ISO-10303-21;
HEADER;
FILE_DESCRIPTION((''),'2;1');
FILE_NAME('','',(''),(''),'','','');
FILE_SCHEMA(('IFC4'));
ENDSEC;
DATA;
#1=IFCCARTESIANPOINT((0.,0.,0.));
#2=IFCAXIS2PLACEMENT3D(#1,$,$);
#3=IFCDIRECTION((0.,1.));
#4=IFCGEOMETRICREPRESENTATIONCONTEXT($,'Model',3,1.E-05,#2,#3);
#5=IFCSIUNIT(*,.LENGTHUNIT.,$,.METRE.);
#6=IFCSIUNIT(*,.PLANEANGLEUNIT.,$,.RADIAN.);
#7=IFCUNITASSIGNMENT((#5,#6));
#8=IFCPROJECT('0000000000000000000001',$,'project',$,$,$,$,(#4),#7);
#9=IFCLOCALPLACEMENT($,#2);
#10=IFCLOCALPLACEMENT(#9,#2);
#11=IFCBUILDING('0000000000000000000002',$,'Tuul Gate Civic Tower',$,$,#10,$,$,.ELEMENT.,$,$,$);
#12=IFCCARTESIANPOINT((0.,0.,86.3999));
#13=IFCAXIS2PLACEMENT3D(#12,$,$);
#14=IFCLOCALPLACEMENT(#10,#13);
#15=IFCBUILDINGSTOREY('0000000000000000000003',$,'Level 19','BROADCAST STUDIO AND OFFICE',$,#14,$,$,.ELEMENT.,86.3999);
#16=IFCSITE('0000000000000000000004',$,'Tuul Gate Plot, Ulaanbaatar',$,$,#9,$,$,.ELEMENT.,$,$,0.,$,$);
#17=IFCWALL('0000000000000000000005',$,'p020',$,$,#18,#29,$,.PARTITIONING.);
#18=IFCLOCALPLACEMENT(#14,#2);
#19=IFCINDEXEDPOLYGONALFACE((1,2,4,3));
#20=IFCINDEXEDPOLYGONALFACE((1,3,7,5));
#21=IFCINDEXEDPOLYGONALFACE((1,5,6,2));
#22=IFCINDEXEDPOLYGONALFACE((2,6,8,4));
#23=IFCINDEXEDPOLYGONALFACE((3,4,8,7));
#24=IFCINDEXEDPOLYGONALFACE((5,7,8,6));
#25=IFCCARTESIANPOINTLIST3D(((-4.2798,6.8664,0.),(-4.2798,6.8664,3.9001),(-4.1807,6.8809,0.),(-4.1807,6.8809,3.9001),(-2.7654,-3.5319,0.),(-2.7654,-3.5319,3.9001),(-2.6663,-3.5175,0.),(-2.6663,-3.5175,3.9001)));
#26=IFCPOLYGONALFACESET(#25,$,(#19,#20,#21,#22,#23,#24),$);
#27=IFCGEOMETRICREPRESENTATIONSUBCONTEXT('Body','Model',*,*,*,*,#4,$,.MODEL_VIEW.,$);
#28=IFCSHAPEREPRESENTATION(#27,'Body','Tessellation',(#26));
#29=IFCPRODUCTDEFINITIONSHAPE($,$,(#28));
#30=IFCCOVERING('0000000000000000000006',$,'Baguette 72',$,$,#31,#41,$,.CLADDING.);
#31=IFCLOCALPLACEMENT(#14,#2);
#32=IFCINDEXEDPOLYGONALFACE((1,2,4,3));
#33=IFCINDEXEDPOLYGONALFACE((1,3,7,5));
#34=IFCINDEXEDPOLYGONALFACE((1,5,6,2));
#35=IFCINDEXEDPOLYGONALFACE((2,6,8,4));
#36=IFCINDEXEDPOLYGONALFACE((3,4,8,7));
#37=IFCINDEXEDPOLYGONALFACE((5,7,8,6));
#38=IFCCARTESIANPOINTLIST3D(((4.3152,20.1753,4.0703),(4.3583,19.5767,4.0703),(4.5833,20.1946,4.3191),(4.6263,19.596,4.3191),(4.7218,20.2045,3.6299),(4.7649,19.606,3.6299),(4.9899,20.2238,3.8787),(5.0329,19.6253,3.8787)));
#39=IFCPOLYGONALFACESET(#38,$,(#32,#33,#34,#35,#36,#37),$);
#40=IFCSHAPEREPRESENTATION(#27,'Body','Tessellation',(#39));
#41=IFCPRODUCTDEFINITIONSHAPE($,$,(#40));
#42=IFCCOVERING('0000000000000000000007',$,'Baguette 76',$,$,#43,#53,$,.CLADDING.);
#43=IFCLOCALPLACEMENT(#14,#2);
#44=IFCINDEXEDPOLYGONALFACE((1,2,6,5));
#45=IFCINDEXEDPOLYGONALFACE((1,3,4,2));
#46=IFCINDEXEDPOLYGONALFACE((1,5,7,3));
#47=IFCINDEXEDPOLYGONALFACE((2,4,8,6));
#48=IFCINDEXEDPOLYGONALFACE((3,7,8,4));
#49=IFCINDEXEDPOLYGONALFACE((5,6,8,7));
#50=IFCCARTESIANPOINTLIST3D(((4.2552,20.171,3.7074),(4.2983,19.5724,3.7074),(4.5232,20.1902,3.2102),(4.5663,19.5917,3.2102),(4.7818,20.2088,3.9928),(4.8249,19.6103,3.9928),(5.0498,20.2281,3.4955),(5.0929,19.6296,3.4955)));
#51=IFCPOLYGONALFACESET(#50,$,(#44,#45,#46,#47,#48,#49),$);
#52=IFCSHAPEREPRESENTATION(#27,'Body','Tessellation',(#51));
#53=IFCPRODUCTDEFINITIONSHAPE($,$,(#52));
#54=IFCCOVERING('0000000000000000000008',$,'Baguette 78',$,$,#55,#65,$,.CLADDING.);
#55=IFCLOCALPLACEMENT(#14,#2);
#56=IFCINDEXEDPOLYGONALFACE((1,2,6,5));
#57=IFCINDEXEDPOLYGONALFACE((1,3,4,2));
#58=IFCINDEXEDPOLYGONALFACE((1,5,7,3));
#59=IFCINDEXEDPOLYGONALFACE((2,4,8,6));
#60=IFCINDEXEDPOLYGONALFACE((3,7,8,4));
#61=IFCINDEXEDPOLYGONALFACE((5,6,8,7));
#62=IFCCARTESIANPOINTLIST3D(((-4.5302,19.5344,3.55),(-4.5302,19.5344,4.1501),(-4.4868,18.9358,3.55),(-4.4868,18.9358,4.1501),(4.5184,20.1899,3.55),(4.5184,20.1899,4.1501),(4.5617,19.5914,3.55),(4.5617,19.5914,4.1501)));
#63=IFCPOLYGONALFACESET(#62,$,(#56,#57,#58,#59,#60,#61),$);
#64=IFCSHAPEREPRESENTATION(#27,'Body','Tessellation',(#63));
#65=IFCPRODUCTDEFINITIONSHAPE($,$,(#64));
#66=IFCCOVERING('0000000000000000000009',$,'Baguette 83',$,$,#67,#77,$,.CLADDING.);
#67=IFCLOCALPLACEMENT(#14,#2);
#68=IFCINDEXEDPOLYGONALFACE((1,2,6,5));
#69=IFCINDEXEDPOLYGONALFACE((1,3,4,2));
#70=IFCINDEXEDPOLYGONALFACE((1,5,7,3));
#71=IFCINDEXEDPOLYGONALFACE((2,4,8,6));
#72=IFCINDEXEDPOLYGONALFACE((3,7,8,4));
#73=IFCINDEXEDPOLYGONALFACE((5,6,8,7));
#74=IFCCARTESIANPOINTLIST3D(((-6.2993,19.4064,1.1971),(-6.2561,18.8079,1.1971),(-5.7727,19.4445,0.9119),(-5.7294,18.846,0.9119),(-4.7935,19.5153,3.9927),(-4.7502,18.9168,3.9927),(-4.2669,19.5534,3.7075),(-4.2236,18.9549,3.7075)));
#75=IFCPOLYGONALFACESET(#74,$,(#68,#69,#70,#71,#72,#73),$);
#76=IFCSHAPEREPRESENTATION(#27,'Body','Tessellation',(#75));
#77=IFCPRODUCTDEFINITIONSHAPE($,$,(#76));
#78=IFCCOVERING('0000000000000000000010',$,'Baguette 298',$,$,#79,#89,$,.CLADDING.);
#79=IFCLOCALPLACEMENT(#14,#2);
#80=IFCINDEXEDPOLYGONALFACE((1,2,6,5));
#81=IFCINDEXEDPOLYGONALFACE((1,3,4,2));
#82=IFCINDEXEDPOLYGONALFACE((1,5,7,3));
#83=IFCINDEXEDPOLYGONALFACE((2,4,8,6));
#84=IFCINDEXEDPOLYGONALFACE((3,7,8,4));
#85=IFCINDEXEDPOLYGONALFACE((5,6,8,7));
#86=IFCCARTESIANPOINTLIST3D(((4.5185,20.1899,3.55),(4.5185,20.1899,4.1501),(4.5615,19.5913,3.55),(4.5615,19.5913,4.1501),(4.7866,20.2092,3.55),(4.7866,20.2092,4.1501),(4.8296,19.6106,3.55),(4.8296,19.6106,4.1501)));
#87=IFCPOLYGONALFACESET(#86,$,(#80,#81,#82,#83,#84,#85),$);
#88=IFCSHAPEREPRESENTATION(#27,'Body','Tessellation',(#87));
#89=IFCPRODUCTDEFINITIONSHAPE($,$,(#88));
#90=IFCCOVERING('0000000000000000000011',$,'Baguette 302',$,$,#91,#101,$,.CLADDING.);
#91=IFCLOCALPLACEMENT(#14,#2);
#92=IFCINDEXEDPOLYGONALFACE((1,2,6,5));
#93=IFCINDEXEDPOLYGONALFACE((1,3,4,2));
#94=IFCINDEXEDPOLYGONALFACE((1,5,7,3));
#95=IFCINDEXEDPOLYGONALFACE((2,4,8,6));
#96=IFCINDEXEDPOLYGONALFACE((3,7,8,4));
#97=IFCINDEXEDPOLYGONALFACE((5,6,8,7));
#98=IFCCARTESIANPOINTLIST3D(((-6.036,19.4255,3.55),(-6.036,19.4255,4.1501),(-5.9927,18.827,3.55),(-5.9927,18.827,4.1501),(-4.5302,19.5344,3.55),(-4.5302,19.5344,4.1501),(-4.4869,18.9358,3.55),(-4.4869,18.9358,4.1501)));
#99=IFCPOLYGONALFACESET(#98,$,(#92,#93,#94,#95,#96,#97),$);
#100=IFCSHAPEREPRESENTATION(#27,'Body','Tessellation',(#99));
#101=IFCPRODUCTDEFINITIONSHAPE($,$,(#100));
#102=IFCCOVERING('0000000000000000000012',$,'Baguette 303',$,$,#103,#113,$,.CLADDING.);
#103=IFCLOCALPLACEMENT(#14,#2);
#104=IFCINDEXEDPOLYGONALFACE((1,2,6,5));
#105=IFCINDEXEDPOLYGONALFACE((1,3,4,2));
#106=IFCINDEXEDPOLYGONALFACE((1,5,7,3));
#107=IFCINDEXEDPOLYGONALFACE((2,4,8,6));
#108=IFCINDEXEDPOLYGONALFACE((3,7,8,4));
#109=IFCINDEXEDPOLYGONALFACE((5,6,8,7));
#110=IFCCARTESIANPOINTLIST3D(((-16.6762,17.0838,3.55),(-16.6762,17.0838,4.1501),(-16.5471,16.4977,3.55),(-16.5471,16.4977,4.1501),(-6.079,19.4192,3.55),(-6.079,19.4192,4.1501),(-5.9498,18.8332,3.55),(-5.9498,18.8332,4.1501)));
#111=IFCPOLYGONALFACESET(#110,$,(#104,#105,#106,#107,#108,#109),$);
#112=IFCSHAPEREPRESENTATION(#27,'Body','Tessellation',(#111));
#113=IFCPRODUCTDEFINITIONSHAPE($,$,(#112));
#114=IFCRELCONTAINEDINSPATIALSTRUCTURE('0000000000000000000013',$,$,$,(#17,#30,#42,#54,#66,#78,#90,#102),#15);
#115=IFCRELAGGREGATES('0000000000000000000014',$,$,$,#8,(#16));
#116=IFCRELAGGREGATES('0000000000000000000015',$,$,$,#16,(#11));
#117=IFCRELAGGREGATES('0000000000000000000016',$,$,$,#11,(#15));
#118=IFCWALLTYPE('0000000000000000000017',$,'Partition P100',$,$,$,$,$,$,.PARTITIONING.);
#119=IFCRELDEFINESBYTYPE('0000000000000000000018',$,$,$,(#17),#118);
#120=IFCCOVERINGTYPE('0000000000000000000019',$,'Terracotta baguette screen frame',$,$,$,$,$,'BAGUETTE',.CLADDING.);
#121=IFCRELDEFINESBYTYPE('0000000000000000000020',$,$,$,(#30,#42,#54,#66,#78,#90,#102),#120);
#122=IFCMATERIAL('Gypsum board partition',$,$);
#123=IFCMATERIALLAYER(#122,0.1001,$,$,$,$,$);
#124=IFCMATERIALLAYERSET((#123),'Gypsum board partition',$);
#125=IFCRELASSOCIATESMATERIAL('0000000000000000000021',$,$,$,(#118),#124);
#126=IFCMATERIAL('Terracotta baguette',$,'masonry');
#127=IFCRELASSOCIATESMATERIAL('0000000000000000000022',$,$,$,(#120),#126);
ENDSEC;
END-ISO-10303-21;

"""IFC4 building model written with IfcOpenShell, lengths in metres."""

from ifc_helpers import new_model, si_unit, direction, frame, frame_2d, origin, origin_2d, place, context, subcontext, project, spatial, rectangle, extrude, material, layer, layer_set, material_profile, profile_set, type_object, element, save


model = new_model("IFC4")

# Units and contexts
model_context = context("Model", 3, precision=1e-05, world=origin(), true_north=direction((0.0, 1.0)))
body_context = subcontext(model_context, "Body", "Model", "MODEL_VIEW")
ifc_project = project(units=[si_unit("LENGTHUNIT", "METRE"), si_unit("PLANEANGLEUNIT", "RADIAN")], contexts=[model_context])

# Site, building, storey
site_placement = place(None, origin())
site = spatial("IfcSite", under=ifc_project, at=site_placement, Name="Tuul Gate Plot, Ulaanbaatar", CompositionType="ELEMENT", RefElevation=0.0)
building_placement = place(site_placement, origin())
building = spatial("IfcBuilding", under=site, at=building_placement, Name="Tuul Gate Civic Tower", CompositionType="ELEMENT")
storey_placement = place(building_placement, frame((0.0, 0.0, 86.3999)))
storey = spatial("IfcBuildingStorey", under=building, at=storey_placement, Name="Level 19", Description="BROADCAST STUDIO AND OFFICE", CompositionType="ELEMENT", Elevation=86.3999)

# Wall
ifc_material_1 = material(Name="Gypsum board partition")
ifc_layer_1 = layer(ifc_material_1, 0.1001)
ifc_layer_set_1 = layer_set([ifc_layer_1], Name="Gypsum board partition")
wall_type_1 = type_object("IfcWallType", Name="Partition P100", PredefinedType="PARTITIONING", material=ifc_layer_set_1)
wall_1_placement = place(storey_placement, frame((-4.2302, 6.8735, 0.0), z_axis=(0.0, 0.0, 1.0), x_axis=(0.144117, -0.989561, 0.0)))
element("IfcWall", 1, at=wall_1_placement, inside=storey, type_object=wall_type_1, Name="p020", PredefinedType="PARTITIONING", context=body_context, shape_type="SweptSolid", body=[
    extrude(rectangle(XDim=10.5081, YDim=0.1001, at=frame_2d((5.2539, 0.0))), origin(), (0.0, 0.0, 1.0), 3.9001),
])

# Coverings
ifc_material_2 = material(Name="Terracotta baguette", Category="masonry")
ifc_material_profile_1 = material_profile(ifc_material_2, rectangle(XDim=0.6001, YDim=0.6001, at=origin_2d()), Name="Terracotta baguette screen frame")
ifc_profile_set_1 = profile_set([ifc_material_profile_1], Name="Terracotta baguette")
covering_type = type_object("IfcCoveringType", Name="Terracotta baguette screen frame", ElementType="BAGUETTE", PredefinedType="CLADDING", material=ifc_profile_set_1)
covering_1_placement = place(storey_placement, frame((4.8081, 19.9099, 4.0989), z_axis=(-0.731966, -0.052664, -0.679302), x_axis=(0.071763, -0.997422, 0.0)))
element("IfcCovering", 2, at=covering_1_placement, inside=storey, type_object=covering_type, Name="Baguette 72", PredefinedType="CLADDING", context=body_context, shape_type="SweptSolid", body=[
    extrude(rectangle(XDim=0.6001, YDim=0.6001, at=origin_2d()), origin(), (0.0, 0.0, 1.0), 0.3662),
])
covering_2_placement = place(storey_placement, frame((4.54, 19.8906, 3.8501), z_axis=(0.47421, 0.034119, -0.87975), x_axis=(-0.071763, 0.997422, 0.0)))
element("IfcCovering", 3, at=covering_2_placement, inside=storey, type_object=covering_type, Name="Baguette 76", PredefinedType="CLADDING", context=body_context, shape_type="SweptSolid", body=[
    extrude(rectangle(XDim=0.6001, YDim=0.6001, at=origin_2d()), origin(), (0.0, 0.0, 1.0), 0.5652),
])
covering_3_placement = place(storey_placement, frame((4.54, 19.8906, 3.8501), z_axis=(-0.997386, -0.072255, 0.0), x_axis=(0.072255, -0.997386, 0.0)))
element("IfcCovering", 4, at=covering_3_placement, inside=storey, type_object=covering_type, Name="Baguette 78", PredefinedType="CLADDING", context=body_context, shape_type="SweptSolid", body=[
    extrude(rectangle(XDim=0.6001, YDim=0.6001, at=origin_2d()), origin(), (0.0, 0.0, 1.0), 9.0723),
])
covering_4_placement = place(storey_placement, frame((-4.5085, 19.2351, 3.8501), z_axis=(-0.473945, -0.03427, -0.879887), x_axis=(0.07212, -0.997396, 0.0)))
element("IfcCovering", 5, at=covering_4_placement, inside=storey, type_object=covering_type, Name="Baguette 83", PredefinedType="CLADDING", context=body_context, shape_type="SweptSolid", body=[
    extrude(rectangle(XDim=0.6001, YDim=0.6001, at=origin_2d()), origin(), (0.0, 0.0, 1.0), 3.1772),
])
covering_5_placement = place(storey_placement, frame((4.8081, 19.9099, 3.8501), z_axis=(-0.997422, -0.071763, 0.0), x_axis=(0.071763, -0.997422, 0.0)))
element("IfcCovering", 6, at=covering_5_placement, inside=storey, type_object=covering_type, Name="Baguette 298", PredefinedType="CLADDING", context=body_context, shape_type="SweptSolid", body=[
    extrude(rectangle(XDim=0.6001, YDim=0.6001, at=origin_2d()), origin(), (0.0, 0.0, 1.0), 0.2688),
])
covering_6_placement = place(storey_placement, frame((-4.5085, 19.2351, 3.8501), z_axis=(-0.997396, -0.07212, 0.0), x_axis=(0.07212, -0.997396, 0.0)))
element("IfcCovering", 7, at=covering_6_placement, inside=storey, type_object=covering_type, Name="Baguette 302", PredefinedType="CLADDING", context=body_context, shape_type="SweptSolid", body=[
    extrude(rectangle(XDim=0.6001, YDim=0.6001, at=origin_2d()), origin(), (0.0, 0.0, 1.0), 1.5098),
])
covering_7_placement = place(storey_placement, frame((-6.0144, 19.1262, 3.8501), z_axis=(-0.976566, -0.21522, 0.0), x_axis=(0.21522, -0.976566, 0.0)))
element("IfcCovering", 8, at=covering_7_placement, inside=storey, type_object=covering_type, Name="Baguette 303", PredefinedType="CLADDING", context=body_context, shape_type="SweptSolid", body=[
    extrude(rectangle(XDim=0.6001, YDim=0.6001, at=origin_2d()), origin(), (0.0, 0.0, 1.0), 10.8516),
])

save(model, "model.ifc")
